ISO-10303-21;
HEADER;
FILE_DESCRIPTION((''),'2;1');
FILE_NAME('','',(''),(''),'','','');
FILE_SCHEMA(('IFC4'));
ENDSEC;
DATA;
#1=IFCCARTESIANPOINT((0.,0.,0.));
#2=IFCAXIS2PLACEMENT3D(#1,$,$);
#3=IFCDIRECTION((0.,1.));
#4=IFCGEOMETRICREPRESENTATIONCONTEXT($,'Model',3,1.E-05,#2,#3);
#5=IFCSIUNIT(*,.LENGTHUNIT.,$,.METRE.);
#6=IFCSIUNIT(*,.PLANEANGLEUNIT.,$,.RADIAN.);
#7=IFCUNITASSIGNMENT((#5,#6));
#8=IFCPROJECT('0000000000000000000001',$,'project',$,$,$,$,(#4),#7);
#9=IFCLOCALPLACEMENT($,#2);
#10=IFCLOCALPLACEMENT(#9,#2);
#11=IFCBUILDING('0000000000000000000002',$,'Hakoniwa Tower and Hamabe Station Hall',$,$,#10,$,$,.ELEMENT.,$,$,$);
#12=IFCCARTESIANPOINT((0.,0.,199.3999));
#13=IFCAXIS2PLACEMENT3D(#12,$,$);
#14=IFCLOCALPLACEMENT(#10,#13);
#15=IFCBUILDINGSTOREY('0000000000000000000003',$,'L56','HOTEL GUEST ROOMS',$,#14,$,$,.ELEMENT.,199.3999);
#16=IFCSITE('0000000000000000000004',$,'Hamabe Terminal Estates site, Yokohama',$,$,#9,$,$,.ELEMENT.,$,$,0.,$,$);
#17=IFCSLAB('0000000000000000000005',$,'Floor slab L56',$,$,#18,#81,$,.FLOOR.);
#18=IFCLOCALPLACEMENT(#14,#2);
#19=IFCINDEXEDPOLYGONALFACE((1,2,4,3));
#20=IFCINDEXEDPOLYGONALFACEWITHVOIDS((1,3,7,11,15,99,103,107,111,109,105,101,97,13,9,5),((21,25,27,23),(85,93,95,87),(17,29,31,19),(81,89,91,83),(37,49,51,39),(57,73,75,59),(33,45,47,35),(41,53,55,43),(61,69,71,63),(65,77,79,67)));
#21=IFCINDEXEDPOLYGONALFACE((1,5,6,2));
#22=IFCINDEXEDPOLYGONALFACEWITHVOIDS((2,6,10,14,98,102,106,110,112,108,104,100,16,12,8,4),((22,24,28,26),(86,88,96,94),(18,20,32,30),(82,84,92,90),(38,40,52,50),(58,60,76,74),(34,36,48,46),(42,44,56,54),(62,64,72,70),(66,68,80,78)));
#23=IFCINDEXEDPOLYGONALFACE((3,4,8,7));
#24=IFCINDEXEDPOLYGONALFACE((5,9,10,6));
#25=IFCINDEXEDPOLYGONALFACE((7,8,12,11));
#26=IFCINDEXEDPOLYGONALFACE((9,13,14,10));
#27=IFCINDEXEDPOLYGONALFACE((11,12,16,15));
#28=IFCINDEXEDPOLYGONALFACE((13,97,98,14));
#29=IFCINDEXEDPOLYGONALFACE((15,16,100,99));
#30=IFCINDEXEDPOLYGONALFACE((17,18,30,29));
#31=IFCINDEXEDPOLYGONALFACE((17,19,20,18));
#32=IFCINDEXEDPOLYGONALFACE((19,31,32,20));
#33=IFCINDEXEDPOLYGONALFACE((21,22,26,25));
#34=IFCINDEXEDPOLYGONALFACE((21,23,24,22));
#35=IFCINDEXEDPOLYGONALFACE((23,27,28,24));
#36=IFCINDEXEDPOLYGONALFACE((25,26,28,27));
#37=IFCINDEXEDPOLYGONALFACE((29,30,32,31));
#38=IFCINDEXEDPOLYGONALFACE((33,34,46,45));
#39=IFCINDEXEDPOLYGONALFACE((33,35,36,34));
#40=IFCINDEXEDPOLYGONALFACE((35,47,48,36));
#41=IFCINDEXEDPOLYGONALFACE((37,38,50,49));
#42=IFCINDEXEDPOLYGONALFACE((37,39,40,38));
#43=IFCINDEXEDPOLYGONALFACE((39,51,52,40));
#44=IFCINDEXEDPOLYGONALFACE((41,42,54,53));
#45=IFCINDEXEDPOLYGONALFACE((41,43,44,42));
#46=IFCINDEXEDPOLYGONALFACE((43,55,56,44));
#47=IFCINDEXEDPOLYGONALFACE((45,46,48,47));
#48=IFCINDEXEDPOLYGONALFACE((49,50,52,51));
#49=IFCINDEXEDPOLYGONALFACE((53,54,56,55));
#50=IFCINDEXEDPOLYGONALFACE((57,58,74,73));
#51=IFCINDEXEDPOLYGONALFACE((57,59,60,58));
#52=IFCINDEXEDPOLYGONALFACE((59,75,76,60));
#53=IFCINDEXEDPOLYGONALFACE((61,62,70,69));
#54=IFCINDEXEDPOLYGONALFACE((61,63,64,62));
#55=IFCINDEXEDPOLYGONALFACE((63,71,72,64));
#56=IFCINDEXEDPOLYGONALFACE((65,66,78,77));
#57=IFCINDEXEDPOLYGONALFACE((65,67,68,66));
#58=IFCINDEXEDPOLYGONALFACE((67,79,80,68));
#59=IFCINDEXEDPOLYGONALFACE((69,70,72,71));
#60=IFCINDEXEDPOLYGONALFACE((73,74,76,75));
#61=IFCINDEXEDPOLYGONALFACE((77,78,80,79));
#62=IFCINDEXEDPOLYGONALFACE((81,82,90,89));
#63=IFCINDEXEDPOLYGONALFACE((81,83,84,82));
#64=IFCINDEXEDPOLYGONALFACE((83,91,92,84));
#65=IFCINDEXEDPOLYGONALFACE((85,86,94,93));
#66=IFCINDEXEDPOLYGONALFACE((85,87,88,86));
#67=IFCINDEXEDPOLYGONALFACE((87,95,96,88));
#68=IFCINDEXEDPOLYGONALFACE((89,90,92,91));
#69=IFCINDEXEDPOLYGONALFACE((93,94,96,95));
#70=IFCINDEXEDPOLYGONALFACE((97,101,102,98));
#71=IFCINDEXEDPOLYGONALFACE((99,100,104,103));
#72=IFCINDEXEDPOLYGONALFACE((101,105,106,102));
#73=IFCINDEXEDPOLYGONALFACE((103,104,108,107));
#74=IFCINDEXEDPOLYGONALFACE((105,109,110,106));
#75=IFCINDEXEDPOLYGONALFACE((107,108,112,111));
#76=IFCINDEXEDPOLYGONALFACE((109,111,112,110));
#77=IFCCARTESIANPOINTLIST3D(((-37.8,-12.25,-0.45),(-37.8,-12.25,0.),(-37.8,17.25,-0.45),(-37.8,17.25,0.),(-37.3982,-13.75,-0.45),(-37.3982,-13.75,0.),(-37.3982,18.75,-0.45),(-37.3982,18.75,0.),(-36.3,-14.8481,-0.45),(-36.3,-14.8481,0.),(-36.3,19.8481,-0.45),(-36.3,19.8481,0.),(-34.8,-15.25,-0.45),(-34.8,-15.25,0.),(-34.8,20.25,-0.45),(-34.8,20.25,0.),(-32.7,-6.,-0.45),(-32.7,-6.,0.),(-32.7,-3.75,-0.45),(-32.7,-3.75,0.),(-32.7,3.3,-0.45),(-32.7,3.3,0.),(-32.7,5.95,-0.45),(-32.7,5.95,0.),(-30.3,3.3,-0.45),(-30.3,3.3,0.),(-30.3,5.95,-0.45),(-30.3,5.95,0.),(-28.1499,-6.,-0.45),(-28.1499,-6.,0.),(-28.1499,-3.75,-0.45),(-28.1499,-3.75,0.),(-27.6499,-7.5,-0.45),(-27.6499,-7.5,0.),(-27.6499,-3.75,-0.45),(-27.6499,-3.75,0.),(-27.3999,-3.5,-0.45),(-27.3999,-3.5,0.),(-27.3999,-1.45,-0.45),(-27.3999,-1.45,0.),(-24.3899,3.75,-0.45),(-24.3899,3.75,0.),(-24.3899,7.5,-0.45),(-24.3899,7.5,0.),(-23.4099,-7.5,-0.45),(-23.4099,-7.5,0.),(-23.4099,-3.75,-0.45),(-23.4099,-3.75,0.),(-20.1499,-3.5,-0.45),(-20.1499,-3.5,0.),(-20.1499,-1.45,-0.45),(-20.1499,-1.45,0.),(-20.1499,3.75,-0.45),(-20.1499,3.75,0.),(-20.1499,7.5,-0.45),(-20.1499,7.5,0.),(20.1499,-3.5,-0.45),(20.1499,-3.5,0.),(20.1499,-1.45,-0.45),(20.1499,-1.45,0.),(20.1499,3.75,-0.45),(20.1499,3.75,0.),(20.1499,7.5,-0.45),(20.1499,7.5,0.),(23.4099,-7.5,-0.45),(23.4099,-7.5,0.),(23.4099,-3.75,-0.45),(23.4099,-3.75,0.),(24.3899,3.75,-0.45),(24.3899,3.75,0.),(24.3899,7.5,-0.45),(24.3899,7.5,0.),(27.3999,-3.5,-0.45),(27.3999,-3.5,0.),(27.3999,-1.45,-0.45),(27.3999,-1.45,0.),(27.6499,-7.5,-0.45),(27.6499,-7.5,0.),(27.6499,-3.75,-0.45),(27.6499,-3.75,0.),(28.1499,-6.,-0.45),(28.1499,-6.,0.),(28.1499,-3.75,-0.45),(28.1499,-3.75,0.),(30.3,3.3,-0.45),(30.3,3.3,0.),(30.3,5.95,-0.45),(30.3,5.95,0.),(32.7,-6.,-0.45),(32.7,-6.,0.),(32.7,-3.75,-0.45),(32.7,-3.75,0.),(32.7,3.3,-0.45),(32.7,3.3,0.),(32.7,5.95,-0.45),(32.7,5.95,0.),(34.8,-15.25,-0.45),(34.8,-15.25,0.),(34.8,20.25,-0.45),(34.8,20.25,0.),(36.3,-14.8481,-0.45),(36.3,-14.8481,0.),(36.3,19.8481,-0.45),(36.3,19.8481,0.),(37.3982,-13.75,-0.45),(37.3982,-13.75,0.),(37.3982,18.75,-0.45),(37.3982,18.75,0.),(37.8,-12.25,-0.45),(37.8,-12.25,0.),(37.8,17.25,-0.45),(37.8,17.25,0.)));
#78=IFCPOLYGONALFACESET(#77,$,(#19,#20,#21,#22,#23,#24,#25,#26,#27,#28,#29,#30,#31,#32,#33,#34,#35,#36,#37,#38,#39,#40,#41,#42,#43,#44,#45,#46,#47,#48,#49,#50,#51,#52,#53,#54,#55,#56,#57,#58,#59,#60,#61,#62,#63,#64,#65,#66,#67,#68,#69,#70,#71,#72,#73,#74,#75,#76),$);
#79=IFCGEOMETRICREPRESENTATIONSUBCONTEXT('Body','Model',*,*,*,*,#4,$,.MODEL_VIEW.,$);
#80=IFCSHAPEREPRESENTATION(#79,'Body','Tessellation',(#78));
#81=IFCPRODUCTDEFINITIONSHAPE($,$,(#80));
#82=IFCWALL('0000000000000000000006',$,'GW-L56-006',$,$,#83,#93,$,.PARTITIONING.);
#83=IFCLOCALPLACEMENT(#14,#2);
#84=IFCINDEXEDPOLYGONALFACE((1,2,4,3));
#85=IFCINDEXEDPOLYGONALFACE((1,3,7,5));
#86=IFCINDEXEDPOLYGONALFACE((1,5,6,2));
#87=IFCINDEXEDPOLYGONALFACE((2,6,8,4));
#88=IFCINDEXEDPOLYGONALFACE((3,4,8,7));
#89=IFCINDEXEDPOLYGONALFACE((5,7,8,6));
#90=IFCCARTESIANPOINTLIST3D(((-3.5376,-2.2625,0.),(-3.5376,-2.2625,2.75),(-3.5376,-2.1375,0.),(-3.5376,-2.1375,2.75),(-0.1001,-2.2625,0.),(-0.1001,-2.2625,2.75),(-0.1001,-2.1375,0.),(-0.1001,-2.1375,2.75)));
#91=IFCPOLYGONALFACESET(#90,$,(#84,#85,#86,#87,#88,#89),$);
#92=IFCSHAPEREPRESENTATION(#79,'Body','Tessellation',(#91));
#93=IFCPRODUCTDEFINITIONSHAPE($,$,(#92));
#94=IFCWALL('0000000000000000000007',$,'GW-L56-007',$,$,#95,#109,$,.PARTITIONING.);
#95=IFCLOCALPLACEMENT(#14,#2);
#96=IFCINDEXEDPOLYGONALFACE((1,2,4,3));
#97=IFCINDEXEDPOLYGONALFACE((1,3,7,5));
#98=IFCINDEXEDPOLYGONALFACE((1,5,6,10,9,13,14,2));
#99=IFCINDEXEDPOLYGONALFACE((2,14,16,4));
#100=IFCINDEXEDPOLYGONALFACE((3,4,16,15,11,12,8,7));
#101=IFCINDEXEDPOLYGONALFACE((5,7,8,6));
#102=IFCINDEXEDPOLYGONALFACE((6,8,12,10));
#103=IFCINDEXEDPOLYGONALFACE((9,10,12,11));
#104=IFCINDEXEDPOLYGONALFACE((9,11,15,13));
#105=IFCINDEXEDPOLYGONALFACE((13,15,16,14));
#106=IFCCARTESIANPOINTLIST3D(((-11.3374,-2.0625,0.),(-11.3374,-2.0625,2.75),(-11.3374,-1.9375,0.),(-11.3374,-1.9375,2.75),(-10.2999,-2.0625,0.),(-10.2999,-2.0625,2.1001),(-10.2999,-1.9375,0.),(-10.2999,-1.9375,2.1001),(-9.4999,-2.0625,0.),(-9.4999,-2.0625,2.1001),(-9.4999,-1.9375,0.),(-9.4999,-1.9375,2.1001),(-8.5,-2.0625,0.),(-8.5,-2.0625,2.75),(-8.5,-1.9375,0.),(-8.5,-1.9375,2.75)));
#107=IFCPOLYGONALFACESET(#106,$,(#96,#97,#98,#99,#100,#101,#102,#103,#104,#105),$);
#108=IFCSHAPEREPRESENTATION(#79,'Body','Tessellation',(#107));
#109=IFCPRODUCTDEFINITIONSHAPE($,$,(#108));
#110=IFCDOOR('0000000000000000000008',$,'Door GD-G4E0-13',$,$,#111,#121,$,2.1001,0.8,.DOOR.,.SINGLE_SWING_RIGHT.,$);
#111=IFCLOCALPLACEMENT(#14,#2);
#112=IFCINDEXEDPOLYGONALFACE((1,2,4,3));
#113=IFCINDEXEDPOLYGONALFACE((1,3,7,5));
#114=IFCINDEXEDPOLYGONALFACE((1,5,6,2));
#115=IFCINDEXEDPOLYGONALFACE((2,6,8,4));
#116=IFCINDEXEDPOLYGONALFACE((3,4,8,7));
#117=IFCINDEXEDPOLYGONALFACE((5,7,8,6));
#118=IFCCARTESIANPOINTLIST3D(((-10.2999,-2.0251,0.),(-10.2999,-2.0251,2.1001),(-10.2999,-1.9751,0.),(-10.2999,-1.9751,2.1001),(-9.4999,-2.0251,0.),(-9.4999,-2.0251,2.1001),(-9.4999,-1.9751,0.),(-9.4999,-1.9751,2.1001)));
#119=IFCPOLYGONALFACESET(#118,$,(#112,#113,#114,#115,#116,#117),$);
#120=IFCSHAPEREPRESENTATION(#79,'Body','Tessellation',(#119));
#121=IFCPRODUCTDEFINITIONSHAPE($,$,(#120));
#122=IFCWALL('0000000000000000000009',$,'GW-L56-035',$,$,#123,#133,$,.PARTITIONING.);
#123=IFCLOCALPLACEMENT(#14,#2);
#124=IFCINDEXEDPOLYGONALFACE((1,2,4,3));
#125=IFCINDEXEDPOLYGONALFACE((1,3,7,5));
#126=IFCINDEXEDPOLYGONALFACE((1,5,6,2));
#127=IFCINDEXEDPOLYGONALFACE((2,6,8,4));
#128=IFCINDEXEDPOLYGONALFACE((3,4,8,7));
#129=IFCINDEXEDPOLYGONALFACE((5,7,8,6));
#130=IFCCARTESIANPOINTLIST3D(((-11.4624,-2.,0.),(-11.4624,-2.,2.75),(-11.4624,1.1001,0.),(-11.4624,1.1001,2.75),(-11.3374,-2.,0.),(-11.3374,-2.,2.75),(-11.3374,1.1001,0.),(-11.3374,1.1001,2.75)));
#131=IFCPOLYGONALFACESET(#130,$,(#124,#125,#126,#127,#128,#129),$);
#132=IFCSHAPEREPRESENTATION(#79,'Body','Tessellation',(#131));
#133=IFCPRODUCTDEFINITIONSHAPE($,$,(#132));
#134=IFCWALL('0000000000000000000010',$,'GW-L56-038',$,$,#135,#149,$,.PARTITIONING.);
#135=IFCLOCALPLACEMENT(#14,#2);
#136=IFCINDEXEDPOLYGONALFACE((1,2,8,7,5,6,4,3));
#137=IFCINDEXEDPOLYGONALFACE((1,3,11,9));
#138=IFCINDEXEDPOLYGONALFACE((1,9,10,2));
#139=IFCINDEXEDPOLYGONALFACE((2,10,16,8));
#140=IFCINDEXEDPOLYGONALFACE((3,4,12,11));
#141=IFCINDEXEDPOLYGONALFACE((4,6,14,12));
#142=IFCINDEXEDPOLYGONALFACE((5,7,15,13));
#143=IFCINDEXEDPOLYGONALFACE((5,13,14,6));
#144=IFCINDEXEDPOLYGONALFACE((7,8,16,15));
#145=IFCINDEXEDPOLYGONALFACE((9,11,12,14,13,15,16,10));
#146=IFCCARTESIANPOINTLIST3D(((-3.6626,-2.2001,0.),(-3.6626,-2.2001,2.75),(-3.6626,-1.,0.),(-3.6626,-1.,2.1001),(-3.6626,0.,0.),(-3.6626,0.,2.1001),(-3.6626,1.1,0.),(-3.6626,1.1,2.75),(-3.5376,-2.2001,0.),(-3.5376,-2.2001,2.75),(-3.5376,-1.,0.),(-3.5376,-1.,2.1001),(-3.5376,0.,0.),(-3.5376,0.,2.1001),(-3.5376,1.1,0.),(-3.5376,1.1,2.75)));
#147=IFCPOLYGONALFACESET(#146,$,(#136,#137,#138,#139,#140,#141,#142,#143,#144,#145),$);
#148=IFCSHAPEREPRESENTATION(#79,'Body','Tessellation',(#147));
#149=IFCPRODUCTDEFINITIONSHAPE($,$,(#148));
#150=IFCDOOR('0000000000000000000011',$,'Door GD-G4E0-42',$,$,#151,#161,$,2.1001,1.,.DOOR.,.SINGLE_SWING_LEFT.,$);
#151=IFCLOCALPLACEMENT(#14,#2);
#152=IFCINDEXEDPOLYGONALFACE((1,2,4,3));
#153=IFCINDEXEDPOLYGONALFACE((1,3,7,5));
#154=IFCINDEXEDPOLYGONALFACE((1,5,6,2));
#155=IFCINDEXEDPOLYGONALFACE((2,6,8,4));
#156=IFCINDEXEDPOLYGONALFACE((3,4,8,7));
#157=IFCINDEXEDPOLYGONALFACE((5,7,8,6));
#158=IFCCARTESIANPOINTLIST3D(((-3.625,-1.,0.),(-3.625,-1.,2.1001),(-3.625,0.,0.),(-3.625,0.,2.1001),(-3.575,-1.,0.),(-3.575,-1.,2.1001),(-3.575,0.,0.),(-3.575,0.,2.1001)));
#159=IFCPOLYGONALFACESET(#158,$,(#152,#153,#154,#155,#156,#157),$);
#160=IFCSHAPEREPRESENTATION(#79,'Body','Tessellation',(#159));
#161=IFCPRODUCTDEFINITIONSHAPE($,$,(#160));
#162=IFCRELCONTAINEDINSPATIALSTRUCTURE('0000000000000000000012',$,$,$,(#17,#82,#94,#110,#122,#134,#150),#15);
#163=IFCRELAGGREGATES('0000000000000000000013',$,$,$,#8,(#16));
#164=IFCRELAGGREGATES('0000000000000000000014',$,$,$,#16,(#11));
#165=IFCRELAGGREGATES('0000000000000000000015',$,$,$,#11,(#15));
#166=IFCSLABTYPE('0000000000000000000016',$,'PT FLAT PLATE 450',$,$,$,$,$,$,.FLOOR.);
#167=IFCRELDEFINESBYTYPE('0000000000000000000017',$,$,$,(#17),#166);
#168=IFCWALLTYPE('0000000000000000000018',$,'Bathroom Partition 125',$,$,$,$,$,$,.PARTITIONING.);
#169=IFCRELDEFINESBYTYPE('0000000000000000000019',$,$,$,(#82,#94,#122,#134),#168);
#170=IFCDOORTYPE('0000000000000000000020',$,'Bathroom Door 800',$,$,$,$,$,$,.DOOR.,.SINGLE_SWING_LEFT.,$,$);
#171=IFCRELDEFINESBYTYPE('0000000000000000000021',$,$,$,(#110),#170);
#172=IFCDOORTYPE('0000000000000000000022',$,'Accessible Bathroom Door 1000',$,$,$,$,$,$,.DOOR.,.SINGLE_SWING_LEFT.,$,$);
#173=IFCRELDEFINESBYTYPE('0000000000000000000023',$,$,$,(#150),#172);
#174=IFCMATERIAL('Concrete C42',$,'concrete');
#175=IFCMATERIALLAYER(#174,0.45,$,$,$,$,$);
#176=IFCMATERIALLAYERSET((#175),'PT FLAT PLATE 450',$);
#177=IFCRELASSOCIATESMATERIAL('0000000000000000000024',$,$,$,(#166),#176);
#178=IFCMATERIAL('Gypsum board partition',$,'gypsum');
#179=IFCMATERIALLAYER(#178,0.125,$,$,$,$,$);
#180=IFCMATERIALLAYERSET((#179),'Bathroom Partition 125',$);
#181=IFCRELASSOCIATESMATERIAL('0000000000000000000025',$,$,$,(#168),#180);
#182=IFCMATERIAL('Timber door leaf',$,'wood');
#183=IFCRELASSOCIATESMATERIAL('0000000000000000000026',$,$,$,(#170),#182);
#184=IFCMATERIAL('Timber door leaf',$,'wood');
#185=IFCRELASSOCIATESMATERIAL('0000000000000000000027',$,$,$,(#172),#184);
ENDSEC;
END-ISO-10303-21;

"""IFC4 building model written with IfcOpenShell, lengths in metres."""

from ifc_helpers import new_model, si_unit, direction, frame, frame_2d, origin, place, context, subcontext, project, spatial, polyline, rectangle, outline, extrude, material, layer, layer_set, type_object, element, fill, save


model = new_model("IFC4")

# Units and contexts
model_context = context("Model", 3, precision=1e-05, world=origin(), true_north=direction((0.0, 1.0)))
body_context = subcontext(model_context, "Body", "Model", "MODEL_VIEW")
ifc_project = project(units=[si_unit("LENGTHUNIT", "METRE"), si_unit("PLANEANGLEUNIT", "RADIAN")], contexts=[model_context])

# Site, building, storey
site_placement = place(None, origin())
site = spatial("IfcSite", under=ifc_project, at=site_placement, Name="Hamabe Terminal Estates site, Yokohama", CompositionType="ELEMENT", RefElevation=0.0)
building_placement = place(site_placement, origin())
building = spatial("IfcBuilding", under=site, at=building_placement, Name="Hakoniwa Tower and Hamabe Station Hall", CompositionType="ELEMENT")
storey_placement = place(building_placement, frame((0.0, 0.0, 199.3999)))
storey = spatial("IfcBuildingStorey", under=building, at=storey_placement, Name="L56", Description="HOTEL GUEST ROOMS", CompositionType="ELEMENT", Elevation=199.3999)

# Slab
ifc_material_1 = material(Name="Concrete C42", Category="concrete")
ifc_layer_1 = layer(ifc_material_1, 0.45)
ifc_layer_set_1 = layer_set([ifc_layer_1], Name="PT FLAT PLATE 450")
slab_type = type_object("IfcSlabType", Name="PT FLAT PLATE 450", PredefinedType="FLOOR", material=ifc_layer_set_1)
slab_placement = place(storey_placement, frame((0.0, 0.0, -0.45)))
element("IfcSlab", 1, at=slab_placement, inside=storey, type_object=slab_type, Name="Floor slab L56", PredefinedType="FLOOR", context=body_context, shape_type="SweptSolid", body=[
    extrude(outline(polyline([(37.8, -12.25), (37.8, 17.25), (37.3982, 18.75), (36.3, 19.8481), (34.8, 20.25), (-34.8, 20.25), (-36.3, 19.8481), (-37.3982, 18.75), (-37.8, 17.25), (-37.8, -12.25), (-37.3982, -13.75), (-36.3, -14.8481), (-34.8, -15.25), (34.8, -15.25), (36.3, -14.8481), (37.3982, -13.75), (37.8, -12.25)]), holes=[polyline([(-27.3999, -3.5), (-27.3999, -1.45), (-20.1499, -1.45), (-20.1499, -3.5), (-27.3999, -3.5)]), polyline([(-32.7, 3.3), (-32.7, 5.95), (-30.3, 5.95), (-30.3, 3.3), (-32.7, 3.3)]), polyline([(-32.7, -6.0), (-32.7, -3.75), (-28.1499, -3.75), (-28.1499, -6.0), (-32.7, -6.0)]), polyline([(-24.3899, 3.75), (-24.3899, 7.5), (-20.1499, 7.5), (-20.1499, 3.75), (-24.3899, 3.75)]), polyline([(-27.6499, -7.5), (-27.6499, -3.75), (-23.4099, -3.75), (-23.4099, -7.5), (-27.6499, -7.5)]), polyline([(20.1499, -3.5), (20.1499, -1.45), (27.3999, -1.45), (27.3999, -3.5), (20.1499, -3.5)]), polyline([(30.3, 3.3), (30.3, 5.95), (32.7, 5.95), (32.7, 3.3), (30.3, 3.3)]), polyline([(28.1499, -6.0), (28.1499, -3.75), (32.7, -3.75), (32.7, -6.0), (28.1499, -6.0)]), polyline([(20.1499, 3.75), (20.1499, 7.5), (24.3899, 7.5), (24.3899, 3.75), (20.1499, 3.75)]), polyline([(23.4099, -7.5), (23.4099, -3.75), (27.6499, -3.75), (27.6499, -7.5), (23.4099, -7.5)])]), origin(), (0.0, 0.0, 1.0), 0.45),
])

# Wall
ifc_material_2 = material(Name="Gypsum board partition", Category="gypsum")
ifc_layer_2 = layer(ifc_material_2, 0.125)
ifc_layer_set_2 = layer_set([ifc_layer_2], Name="Bathroom Partition 125")
wall_type_1 = type_object("IfcWallType", Name="Bathroom Partition 125", PredefinedType="PARTITIONING", material=ifc_layer_set_2)
wall_1_placement = place(storey_placement, frame((-3.5376, -2.2, 0.0), z_axis=(0.0, 0.0, 1.0), x_axis=(1.0, 0.0, 0.0)))
element("IfcWall", 2, at=wall_1_placement, inside=storey, type_object=wall_type_1, Name="GW-L56-006", PredefinedType="PARTITIONING", context=body_context, shape_type="SweptSolid", body=[
    extrude(rectangle(XDim=3.4375, YDim=0.125, at=frame_2d((1.7188, 0.0))), origin(), (0.0, 0.0, 1.0), 2.75),
])

# Wall, opening, door
wall_2_placement = place(storey_placement, frame((-11.3374, -2.0, 0.0), z_axis=(0.0, 0.0, 1.0), x_axis=(1.0, 0.0, 0.0)))
wall_2 = element("IfcWall", 3, at=wall_2_placement, inside=storey, type_object=wall_type_1, Name="GW-L56-007", PredefinedType="PARTITIONING", context=body_context, shape_type="SweptSolid", body=[
    extrude(rectangle(XDim=2.8374, YDim=0.125, at=frame_2d((1.4187, 0.0))), origin(), (0.0, 0.0, 1.0), 2.75),
])
opening_1_placement = place(wall_2_placement, frame((1.0376, 0.0, 0.0)))
opening_1 = element("IfcOpeningElement", 4, at=opening_1_placement, cuts=wall_2, PredefinedType="OPENING", context=body_context, shape_type="SweptSolid", body=[
    extrude(rectangle(XDim=0.8, YDim=2.1001, at=frame_2d((0.3999, 1.05))), frame((0.0, 0.0725, 0.0), z_axis=(0.0, -1.0, 0.0), x_axis=(1.0, 0.0, 0.0)), (0.0, 0.0, 1.0), 0.145),
])
ifc_material_3 = material(Name="Timber door leaf", Category="wood")
door_type_1 = type_object("IfcDoorType", Name="Bathroom Door 800", OperationType="SINGLE_SWING_LEFT", PredefinedType="DOOR", material=ifc_material_3)
door_1_placement = place(opening_1_placement, origin())
door_1 = element("IfcDoor", 5, at=door_1_placement, inside=storey, type_object=door_type_1, Name="Door GD-G4E0-13", OperationType="SINGLE_SWING_RIGHT", OverallHeight=2.1001, OverallWidth=0.8, PredefinedType="DOOR", context=body_context, shape_type="SweptSolid", body=[
    extrude(rectangle(XDim=0.8, YDim=2.1001, at=frame_2d((0.3999, 1.05))), frame((0.0, 0.0249, 0.0), z_axis=(0.0, -1.0, 0.0), x_axis=(1.0, 0.0, 0.0)), (0.0, 0.0, 1.0), 0.05),
])
fill(opening_1, door_1)

# Wall
wall_3_placement = place(storey_placement, frame((-11.3999, -2.0, 0.0), z_axis=(0.0, 0.0, 1.0), x_axis=(0.0, 1.0, 0.0)))
element("IfcWall", 6, at=wall_3_placement, inside=storey, type_object=wall_type_1, Name="GW-L56-035", PredefinedType="PARTITIONING", context=body_context, shape_type="SweptSolid", body=[
    extrude(rectangle(XDim=3.1001, YDim=0.125, at=frame_2d((1.55, 0.0))), origin(), (0.0, 0.0, 1.0), 2.75),
])

# Wall, opening, door
wall_4_placement = place(storey_placement, frame((-3.6001, -2.2, 0.0), z_axis=(0.0, 0.0, 1.0), x_axis=(0.0, 1.0, 0.0)))
wall_4 = element("IfcWall", 7, at=wall_4_placement, inside=storey, type_object=wall_type_1, Name="GW-L56-038", PredefinedType="PARTITIONING", context=body_context, shape_type="SweptSolid", body=[
    extrude(rectangle(XDim=3.3, YDim=0.125, at=frame_2d((1.6499, 0.0))), origin(), (0.0, 0.0, 1.0), 2.75),
])
opening_2_placement = place(wall_4_placement, frame((1.2, 0.0, 0.0)))
opening_2 = element("IfcOpeningElement", 8, at=opening_2_placement, cuts=wall_4, PredefinedType="OPENING", context=body_context, shape_type="SweptSolid", body=[
    extrude(rectangle(XDim=1.0, YDim=2.1001, at=frame_2d((0.5, 1.05))), frame((0.0, 0.0725, 0.0), z_axis=(0.0, -1.0, 0.0), x_axis=(1.0, 0.0, 0.0)), (0.0, 0.0, 1.0), 0.145),
])
ifc_material_4 = material(Name="Timber door leaf", Category="wood")
door_type_2 = type_object("IfcDoorType", Name="Accessible Bathroom Door 1000", OperationType="SINGLE_SWING_LEFT", PredefinedType="DOOR", material=ifc_material_4)
door_2_placement = place(opening_2_placement, origin())
door_2 = element("IfcDoor", 9, at=door_2_placement, inside=storey, type_object=door_type_2, Name="Door GD-G4E0-42", OperationType="SINGLE_SWING_LEFT", OverallHeight=2.1001, OverallWidth=1.0, PredefinedType="DOOR", context=body_context, shape_type="SweptSolid", body=[
    extrude(rectangle(XDim=1.0, YDim=2.1001, at=frame_2d((0.5, 1.05))), frame((0.0, 0.0249, 0.0), z_axis=(0.0, -1.0, 0.0), x_axis=(1.0, 0.0, 0.0)), (0.0, 0.0, 1.0), 0.05),
])
fill(opening_2, door_2)

save(model, "model.ifc")
